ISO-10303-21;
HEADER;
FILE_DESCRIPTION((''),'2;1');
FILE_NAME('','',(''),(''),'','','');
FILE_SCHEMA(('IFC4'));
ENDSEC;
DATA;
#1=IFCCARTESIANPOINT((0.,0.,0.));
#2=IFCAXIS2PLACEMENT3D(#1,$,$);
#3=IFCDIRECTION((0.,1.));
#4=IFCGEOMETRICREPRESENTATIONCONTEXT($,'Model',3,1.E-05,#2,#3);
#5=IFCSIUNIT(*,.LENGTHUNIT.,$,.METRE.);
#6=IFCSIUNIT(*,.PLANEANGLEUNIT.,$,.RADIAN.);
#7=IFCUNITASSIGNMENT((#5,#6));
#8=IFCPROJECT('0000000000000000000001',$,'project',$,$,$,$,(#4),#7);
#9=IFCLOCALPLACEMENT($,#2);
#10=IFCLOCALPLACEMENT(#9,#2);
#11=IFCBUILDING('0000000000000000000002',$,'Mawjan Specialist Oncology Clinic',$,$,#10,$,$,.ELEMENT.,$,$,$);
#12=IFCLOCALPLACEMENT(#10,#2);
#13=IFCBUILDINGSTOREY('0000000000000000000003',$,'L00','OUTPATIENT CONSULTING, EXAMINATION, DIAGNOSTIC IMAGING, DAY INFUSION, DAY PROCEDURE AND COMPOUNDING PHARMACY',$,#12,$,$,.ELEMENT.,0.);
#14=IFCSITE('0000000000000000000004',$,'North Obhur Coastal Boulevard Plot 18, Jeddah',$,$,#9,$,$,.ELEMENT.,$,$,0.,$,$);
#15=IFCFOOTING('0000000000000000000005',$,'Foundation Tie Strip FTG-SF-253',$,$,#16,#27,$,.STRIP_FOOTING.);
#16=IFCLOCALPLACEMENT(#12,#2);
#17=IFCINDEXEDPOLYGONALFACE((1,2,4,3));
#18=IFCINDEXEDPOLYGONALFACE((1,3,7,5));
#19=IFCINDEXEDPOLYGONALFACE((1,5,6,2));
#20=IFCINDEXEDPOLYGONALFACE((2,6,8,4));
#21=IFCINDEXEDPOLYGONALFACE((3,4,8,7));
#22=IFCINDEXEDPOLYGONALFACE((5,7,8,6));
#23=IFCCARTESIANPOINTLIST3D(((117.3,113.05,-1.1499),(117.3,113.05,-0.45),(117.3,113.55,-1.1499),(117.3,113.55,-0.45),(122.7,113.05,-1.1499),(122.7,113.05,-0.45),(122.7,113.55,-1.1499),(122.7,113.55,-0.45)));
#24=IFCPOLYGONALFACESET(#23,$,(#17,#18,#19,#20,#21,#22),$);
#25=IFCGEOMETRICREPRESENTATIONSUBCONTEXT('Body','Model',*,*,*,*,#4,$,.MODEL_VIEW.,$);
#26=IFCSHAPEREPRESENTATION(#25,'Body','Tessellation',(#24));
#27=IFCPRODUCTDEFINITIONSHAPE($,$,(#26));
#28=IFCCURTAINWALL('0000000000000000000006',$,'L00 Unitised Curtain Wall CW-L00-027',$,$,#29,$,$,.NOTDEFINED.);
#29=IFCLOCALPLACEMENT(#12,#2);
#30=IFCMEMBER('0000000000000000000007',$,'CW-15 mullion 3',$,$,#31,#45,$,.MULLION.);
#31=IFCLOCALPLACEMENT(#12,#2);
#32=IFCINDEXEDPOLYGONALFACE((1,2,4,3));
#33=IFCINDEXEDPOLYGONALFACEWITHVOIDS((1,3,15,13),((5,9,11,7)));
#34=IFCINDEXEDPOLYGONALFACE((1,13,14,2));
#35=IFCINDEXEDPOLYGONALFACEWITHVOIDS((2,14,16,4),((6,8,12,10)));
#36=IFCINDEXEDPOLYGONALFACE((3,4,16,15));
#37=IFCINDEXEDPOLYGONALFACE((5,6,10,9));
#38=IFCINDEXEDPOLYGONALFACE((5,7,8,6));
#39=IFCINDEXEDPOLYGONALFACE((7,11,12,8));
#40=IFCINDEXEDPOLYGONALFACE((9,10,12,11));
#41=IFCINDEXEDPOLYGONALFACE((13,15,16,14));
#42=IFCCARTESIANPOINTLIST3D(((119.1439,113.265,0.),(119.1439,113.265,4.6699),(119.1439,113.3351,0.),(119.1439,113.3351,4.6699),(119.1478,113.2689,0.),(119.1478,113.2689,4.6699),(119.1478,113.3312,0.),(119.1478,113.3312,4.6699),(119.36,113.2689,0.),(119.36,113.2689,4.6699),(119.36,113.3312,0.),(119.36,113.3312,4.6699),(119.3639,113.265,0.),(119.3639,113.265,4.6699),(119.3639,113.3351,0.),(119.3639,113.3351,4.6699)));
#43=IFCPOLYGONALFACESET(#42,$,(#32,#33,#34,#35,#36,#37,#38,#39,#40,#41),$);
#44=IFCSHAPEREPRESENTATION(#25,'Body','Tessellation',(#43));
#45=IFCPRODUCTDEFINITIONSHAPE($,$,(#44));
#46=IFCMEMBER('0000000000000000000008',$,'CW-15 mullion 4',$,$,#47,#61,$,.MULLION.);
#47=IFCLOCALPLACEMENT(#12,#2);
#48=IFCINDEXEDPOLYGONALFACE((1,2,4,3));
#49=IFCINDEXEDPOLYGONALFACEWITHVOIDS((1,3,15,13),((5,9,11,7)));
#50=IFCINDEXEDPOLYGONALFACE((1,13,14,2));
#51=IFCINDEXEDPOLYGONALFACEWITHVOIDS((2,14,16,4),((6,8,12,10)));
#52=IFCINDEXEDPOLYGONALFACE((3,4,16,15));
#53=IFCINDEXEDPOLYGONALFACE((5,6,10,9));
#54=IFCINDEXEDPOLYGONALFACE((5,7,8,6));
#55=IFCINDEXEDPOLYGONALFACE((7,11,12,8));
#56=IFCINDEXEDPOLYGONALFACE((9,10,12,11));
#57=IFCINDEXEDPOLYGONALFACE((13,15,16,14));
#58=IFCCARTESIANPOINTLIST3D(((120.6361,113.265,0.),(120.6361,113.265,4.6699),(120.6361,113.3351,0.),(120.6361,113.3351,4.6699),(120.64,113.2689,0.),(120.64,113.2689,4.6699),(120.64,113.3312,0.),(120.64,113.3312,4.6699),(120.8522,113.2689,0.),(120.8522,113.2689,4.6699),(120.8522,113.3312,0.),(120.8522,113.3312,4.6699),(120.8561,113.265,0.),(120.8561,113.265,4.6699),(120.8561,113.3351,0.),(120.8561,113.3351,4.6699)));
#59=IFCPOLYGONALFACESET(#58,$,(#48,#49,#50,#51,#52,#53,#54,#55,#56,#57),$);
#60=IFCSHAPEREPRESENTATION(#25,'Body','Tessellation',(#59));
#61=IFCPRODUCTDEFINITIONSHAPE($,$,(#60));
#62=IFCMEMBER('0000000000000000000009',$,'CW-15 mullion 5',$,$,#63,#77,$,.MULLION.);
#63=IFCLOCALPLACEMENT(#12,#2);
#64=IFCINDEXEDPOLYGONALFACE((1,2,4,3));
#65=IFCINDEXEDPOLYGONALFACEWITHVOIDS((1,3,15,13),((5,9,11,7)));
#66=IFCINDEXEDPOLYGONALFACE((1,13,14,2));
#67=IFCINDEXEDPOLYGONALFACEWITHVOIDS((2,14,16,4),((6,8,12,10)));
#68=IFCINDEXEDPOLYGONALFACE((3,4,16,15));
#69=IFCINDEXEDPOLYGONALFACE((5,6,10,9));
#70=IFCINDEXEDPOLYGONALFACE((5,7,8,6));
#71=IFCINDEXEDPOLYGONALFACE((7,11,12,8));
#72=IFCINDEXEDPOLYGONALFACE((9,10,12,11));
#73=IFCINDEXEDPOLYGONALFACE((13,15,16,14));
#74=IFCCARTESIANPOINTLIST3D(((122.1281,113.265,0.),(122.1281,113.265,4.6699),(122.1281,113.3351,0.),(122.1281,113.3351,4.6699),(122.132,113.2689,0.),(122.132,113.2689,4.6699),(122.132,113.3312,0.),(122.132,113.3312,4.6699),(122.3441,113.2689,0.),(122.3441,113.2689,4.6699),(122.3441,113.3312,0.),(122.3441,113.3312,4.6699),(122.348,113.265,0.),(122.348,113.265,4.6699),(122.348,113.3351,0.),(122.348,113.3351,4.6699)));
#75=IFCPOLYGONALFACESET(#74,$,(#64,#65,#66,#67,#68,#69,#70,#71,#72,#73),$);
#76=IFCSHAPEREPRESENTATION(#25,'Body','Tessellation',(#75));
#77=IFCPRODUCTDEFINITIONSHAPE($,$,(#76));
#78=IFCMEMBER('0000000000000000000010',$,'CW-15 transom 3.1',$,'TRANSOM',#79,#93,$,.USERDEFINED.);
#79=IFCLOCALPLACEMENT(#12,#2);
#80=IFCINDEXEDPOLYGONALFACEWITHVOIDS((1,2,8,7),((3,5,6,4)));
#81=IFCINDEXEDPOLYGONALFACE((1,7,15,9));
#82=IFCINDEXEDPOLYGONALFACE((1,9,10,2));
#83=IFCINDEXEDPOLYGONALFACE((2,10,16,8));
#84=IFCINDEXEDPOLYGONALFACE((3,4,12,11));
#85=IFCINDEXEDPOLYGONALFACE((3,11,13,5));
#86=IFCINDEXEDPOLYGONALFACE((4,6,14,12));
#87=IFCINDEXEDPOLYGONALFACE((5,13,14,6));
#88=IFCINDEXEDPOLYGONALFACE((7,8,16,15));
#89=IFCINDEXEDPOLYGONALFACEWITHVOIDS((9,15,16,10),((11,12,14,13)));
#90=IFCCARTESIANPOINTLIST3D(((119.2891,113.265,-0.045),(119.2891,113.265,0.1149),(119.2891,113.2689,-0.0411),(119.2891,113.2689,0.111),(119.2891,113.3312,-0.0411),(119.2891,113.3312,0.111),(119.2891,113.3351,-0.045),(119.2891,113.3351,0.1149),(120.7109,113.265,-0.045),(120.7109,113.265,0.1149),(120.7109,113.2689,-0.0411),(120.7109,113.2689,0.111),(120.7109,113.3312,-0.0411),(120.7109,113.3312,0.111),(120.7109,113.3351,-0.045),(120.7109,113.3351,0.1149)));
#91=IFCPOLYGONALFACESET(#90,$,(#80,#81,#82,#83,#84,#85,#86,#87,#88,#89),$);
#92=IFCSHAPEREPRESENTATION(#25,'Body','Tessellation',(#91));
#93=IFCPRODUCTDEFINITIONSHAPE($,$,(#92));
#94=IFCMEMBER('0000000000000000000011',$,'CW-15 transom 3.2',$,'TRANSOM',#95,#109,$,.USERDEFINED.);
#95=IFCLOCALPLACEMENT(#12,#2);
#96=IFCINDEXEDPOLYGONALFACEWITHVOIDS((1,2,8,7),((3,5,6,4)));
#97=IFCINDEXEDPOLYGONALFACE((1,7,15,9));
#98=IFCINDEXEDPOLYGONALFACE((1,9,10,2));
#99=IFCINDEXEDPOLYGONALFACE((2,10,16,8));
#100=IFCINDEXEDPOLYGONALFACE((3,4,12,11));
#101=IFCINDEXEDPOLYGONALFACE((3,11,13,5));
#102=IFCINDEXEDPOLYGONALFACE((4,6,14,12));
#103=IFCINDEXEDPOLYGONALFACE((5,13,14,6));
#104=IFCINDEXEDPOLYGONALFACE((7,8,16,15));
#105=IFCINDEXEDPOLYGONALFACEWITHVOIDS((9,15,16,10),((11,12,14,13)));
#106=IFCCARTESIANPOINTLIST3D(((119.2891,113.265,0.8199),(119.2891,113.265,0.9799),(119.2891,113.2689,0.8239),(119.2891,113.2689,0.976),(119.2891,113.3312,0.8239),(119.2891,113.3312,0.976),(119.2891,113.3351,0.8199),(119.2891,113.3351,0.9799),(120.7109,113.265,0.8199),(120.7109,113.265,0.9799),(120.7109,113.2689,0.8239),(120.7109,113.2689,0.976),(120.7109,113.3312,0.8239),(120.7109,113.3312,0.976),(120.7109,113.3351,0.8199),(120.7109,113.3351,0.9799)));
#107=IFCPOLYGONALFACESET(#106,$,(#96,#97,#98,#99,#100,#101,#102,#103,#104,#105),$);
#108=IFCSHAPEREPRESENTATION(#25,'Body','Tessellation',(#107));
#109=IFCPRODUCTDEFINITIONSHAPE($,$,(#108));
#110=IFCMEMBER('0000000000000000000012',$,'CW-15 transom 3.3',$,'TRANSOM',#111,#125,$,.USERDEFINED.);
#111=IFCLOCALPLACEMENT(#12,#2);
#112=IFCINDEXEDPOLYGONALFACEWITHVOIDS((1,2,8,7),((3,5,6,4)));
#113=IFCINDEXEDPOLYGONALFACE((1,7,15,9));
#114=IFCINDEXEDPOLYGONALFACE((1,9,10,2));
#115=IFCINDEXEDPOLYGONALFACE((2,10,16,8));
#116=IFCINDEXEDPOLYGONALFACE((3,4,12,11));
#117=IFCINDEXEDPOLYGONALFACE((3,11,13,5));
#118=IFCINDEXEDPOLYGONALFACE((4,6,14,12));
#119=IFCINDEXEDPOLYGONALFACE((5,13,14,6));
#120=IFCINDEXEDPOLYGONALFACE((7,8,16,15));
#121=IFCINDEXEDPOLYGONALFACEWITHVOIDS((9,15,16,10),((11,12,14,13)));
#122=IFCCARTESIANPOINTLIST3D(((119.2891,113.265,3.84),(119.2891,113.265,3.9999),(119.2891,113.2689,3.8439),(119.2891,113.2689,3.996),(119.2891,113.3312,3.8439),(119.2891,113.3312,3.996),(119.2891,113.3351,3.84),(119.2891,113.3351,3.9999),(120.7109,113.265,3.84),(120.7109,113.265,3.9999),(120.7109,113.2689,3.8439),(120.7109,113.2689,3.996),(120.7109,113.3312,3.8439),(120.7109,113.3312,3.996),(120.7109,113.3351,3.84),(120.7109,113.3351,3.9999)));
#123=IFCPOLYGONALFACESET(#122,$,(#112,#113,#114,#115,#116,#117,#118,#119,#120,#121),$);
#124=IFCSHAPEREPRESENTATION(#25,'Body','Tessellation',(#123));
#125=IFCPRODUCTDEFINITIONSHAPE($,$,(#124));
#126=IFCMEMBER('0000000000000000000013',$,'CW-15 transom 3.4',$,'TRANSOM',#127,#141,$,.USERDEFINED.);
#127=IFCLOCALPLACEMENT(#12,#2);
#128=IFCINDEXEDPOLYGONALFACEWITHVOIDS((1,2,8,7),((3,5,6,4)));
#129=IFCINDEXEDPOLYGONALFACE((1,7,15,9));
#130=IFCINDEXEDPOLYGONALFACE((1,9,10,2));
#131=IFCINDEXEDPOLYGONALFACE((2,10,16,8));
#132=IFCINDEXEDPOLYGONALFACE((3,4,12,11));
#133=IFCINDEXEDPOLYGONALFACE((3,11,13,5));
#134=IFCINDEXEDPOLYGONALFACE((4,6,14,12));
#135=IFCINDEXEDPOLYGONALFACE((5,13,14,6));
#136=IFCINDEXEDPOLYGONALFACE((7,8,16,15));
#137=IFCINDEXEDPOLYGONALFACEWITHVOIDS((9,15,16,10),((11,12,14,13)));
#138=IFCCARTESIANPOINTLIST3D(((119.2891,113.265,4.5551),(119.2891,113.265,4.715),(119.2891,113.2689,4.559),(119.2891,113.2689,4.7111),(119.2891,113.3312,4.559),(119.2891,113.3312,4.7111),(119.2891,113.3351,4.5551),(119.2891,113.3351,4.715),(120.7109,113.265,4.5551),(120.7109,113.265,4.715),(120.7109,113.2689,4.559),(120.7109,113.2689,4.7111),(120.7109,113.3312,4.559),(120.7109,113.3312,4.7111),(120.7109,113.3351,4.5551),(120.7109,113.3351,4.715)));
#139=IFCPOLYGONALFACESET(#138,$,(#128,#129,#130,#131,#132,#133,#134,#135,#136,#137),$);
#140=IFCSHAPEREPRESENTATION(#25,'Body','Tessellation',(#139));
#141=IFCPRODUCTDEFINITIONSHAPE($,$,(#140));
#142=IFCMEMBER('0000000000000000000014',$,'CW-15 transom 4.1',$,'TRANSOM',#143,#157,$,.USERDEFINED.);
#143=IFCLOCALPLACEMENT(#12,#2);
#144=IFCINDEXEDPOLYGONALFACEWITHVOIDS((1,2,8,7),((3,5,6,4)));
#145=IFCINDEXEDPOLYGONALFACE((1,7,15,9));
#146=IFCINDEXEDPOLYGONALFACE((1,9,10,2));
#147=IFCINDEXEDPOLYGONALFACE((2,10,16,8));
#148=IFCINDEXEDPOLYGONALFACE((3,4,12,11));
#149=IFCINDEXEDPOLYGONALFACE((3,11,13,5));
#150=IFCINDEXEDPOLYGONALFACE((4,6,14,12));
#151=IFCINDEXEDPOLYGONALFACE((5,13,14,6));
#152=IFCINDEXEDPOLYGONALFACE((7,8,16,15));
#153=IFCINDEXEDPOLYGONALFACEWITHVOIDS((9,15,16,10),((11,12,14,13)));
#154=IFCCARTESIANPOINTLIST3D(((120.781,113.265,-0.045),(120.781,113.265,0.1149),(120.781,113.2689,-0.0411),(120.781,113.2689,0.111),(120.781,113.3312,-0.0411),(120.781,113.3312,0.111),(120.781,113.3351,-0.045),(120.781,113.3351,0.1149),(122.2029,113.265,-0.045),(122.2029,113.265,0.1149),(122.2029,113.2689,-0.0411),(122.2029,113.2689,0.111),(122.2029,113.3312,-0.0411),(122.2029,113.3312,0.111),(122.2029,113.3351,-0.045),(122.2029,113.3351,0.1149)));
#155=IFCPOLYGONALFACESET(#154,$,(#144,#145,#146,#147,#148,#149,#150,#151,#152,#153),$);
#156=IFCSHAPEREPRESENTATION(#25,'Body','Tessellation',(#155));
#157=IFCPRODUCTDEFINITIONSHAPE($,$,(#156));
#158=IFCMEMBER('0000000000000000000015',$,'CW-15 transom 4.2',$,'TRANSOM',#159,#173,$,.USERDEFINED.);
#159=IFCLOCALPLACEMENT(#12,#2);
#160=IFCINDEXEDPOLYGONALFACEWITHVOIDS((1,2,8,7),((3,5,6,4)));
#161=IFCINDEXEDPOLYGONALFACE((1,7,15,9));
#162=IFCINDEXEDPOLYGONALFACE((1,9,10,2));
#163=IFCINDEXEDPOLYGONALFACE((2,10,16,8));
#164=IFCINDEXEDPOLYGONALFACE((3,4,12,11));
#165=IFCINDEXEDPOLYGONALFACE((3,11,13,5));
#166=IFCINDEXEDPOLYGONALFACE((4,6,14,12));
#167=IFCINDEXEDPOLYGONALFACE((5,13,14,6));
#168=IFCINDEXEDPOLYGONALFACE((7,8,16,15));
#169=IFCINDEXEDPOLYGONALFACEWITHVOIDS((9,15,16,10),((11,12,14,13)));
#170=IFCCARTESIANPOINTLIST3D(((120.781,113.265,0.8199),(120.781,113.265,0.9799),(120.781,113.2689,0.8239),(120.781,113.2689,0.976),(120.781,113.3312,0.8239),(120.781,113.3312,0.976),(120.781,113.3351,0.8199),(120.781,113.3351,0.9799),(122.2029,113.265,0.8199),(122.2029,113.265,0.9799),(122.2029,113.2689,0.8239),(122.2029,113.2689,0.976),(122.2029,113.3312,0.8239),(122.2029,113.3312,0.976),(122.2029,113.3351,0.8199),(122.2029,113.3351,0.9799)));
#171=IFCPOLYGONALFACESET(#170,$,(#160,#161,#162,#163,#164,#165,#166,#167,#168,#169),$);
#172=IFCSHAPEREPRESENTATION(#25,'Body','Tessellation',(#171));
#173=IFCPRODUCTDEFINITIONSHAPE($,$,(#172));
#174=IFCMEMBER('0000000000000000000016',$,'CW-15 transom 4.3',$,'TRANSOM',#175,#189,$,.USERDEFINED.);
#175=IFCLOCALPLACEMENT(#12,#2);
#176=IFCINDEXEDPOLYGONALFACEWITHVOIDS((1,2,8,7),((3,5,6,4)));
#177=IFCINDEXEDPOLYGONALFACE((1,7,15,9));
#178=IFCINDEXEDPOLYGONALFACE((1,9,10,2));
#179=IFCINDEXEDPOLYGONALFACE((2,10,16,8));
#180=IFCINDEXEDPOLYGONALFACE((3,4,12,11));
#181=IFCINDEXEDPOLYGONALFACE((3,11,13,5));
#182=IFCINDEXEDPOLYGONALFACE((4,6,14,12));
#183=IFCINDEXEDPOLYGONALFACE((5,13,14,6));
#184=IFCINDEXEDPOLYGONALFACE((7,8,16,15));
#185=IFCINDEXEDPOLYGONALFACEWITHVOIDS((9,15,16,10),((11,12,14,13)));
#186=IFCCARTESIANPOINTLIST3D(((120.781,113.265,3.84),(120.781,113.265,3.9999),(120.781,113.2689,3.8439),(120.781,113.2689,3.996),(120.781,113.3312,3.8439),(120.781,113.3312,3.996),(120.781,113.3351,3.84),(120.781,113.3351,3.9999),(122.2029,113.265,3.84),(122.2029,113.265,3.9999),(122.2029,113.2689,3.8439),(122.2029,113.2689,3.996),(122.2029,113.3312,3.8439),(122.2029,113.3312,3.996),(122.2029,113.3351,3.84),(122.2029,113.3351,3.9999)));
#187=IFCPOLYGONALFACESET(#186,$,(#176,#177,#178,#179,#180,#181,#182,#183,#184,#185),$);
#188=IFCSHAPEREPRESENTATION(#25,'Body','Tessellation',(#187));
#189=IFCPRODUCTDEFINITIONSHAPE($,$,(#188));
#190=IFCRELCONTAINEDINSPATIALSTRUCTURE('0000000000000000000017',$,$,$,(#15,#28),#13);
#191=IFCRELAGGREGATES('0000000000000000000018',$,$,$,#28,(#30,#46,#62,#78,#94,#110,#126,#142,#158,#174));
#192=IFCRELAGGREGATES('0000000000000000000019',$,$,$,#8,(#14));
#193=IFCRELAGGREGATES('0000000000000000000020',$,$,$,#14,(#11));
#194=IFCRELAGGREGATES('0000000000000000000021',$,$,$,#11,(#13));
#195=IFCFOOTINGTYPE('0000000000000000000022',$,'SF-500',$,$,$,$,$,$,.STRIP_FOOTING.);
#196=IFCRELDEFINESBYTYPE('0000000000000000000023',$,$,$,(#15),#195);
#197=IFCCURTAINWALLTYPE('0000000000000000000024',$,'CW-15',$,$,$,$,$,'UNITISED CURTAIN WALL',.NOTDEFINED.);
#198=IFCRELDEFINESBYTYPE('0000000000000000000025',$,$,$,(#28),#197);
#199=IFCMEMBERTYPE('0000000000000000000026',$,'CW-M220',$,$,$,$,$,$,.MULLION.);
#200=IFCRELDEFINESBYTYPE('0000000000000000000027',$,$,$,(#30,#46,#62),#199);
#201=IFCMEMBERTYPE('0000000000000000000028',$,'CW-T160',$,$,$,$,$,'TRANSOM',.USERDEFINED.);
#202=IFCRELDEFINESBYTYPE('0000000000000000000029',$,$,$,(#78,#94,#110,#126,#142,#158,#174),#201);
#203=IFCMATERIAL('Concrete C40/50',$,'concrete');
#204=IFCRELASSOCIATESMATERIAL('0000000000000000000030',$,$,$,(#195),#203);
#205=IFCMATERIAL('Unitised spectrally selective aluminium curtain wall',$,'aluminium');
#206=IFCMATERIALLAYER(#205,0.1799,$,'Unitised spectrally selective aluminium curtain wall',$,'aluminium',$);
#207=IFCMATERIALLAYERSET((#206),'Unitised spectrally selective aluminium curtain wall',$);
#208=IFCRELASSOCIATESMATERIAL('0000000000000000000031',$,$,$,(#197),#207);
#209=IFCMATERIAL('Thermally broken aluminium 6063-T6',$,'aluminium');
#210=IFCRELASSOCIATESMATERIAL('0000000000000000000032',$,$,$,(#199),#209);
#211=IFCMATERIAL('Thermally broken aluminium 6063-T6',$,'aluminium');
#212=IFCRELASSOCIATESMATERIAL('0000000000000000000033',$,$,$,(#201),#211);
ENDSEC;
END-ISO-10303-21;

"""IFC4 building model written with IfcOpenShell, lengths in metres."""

from ifc_helpers import new_model, si_unit, direction, frame, origin, origin_2d, place, context, subcontext, project, spatial, rectangle, hollow_rectangle, extrude, material, layer, layer_set, material_profile, profile_set, type_object, element, aggregate, save


model = new_model("IFC4")

# Units and contexts
model_context = context("Model", 3, precision=1e-05, world=origin(), true_north=direction((0.0, 1.0)))
body_context = subcontext(model_context, "Body", "Model", "MODEL_VIEW")
ifc_project = project(units=[si_unit("LENGTHUNIT", "METRE"), si_unit("PLANEANGLEUNIT", "RADIAN")], contexts=[model_context])

# Site, building, storey
site_placement = place(None, origin())
site = spatial("IfcSite", under=ifc_project, at=site_placement, Name="North Obhur Coastal Boulevard Plot 18, Jeddah", CompositionType="ELEMENT", RefElevation=0.0)
building_placement = place(site_placement, origin())
building = spatial("IfcBuilding", under=site, at=building_placement, Name="Mawjan Specialist Oncology Clinic", CompositionType="ELEMENT")
storey_placement = place(building_placement, origin())
storey = spatial("IfcBuildingStorey", under=building, at=storey_placement, Name="L00", Description="OUTPATIENT CONSULTING, EXAMINATION, DIAGNOSTIC IMAGING, DAY INFUSION, DAY PROCEDURE AND COMPOUNDING PHARMACY", CompositionType="ELEMENT", Elevation=0.0)

# Footing
ifc_material_1 = material(Name="Concrete C40/50", Category="concrete")
footing_type = type_object("IfcFootingType", Name="SF-500", PredefinedType="STRIP_FOOTING", material=ifc_material_1)
footing_placement = place(storey_placement, frame((120.0, 113.3, -1.1499), z_axis=(0.0, 0.0, 1.0), x_axis=(1.0, 0.0, 0.0)))
element("IfcFooting", 1, at=footing_placement, inside=storey, type_object=footing_type, Name="Foundation Tie Strip FTG-SF-253", PredefinedType="STRIP_FOOTING", context=body_context, shape_type="SweptSolid", body=[
    extrude(rectangle(XDim=5.3999, YDim=0.5, at=origin_2d()), origin(), (0.0, 0.0, 1.0), 0.7),
])

# Curtain wall, members
ifc_material_2 = material(Name="Unitised spectrally selective aluminium curtain wall", Category="aluminium")
ifc_layer_1 = layer(ifc_material_2, 0.1799, Name="Unitised spectrally selective aluminium curtain wall", Category="aluminium")
ifc_layer_set_1 = layer_set([ifc_layer_1], Name="Unitised spectrally selective aluminium curtain wall")
curtain_wall_type = type_object("IfcCurtainWallType", Name="CW-15", ElementType="UNITISED CURTAIN WALL", PredefinedType="NOTDEFINED", material=ifc_layer_set_1)
curtain_wall_placement = place(storey_placement, origin())
curtain_wall = element("IfcCurtainWall", 2, at=curtain_wall_placement, inside=storey, type_object=curtain_wall_type, Name="L00 Unitised Curtain Wall CW-L00-027", PredefinedType="NOTDEFINED")
ifc_material_3 = material(Name="Thermally broken aluminium 6063-T6", Category="aluminium")
ifc_material_profile_1 = material_profile(ifc_material_3, hollow_rectangle(XDim=0.0701, YDim=0.22, WallThickness=0.0039, at=origin_2d()), Name="ALU MULLION 220x70x4", Category="aluminium")
ifc_profile_set_1 = profile_set([ifc_material_profile_1], Name="Thermally broken aluminium 6063-T6")
member_type_1 = type_object("IfcMemberType", Name="CW-M220", PredefinedType="MULLION", material=ifc_profile_set_1)
member_1_placement = place(storey_placement, frame((119.2539, 113.3, 0.0), z_axis=(0.0, 0.0, 1.0), x_axis=(0.0, 1.0, 0.0)))
member_1 = element("IfcMember", 3, at=member_1_placement, type_object=member_type_1, Name="CW-15 mullion 3", PredefinedType="MULLION", context=body_context, shape_type="SweptSolid", body=[
    extrude(hollow_rectangle(XDim=0.0701, YDim=0.22, WallThickness=0.0039, at=origin_2d()), origin(), (0.0, 0.0, 1.0), 4.6699),
])
member_2_placement = place(storey_placement, frame((120.7461, 113.3, 0.0), z_axis=(0.0, 0.0, 1.0), x_axis=(0.0, 1.0, 0.0)))
member_2 = element("IfcMember", 4, at=member_2_placement, type_object=member_type_1, Name="CW-15 mullion 4", PredefinedType="MULLION", context=body_context, shape_type="SweptSolid", body=[
    extrude(hollow_rectangle(XDim=0.0701, YDim=0.22, WallThickness=0.0039, at=origin_2d()), origin(), (0.0, 0.0, 1.0), 4.6699),
])
member_3_placement = place(storey_placement, frame((122.238, 113.3, 0.0), z_axis=(0.0, 0.0, 1.0), x_axis=(0.0, 1.0, 0.0)))
member_3 = element("IfcMember", 5, at=member_3_placement, type_object=member_type_1, Name="CW-15 mullion 5", PredefinedType="MULLION", context=body_context, shape_type="SweptSolid", body=[
    extrude(hollow_rectangle(XDim=0.0701, YDim=0.22, WallThickness=0.0039, at=origin_2d()), origin(), (0.0, 0.0, 1.0), 4.6699),
])
ifc_material_4 = material(Name="Thermally broken aluminium 6063-T6", Category="aluminium")
ifc_material_profile_2 = material_profile(ifc_material_4, hollow_rectangle(XDim=0.0701, YDim=0.1599, WallThickness=0.0039, at=origin_2d()), Name="ALU TRANSOM 160x70x4", Category="aluminium")
ifc_profile_set_2 = profile_set([ifc_material_profile_2], Name="Thermally broken aluminium 6063-T6")
member_type_2 = type_object("IfcMemberType", Name="CW-T160", ElementType="TRANSOM", PredefinedType="USERDEFINED", material=ifc_profile_set_2)
member_4_placement = place(storey_placement, frame((119.2891, 113.3, 0.0349), z_axis=(1.0, 0.0, 0.0), x_axis=(0.0, 1.0, 0.0)))
member_4 = element("IfcMember", 6, at=member_4_placement, type_object=member_type_2, Name="CW-15 transom 3.1", ObjectType="TRANSOM", PredefinedType="USERDEFINED", context=body_context, shape_type="SweptSolid", body=[
    extrude(hollow_rectangle(XDim=0.0701, YDim=0.1599, WallThickness=0.0039, at=origin_2d()), origin(), (0.0, 0.0, 1.0), 1.4219),
])
member_5_placement = place(storey_placement, frame((119.2891, 113.3, 0.8999), z_axis=(1.0, 0.0, 0.0), x_axis=(0.0, 1.0, 0.0)))
member_5 = element("IfcMember", 7, at=member_5_placement, type_object=member_type_2, Name="CW-15 transom 3.2", ObjectType="TRANSOM", PredefinedType="USERDEFINED", context=body_context, shape_type="SweptSolid", body=[
    extrude(hollow_rectangle(XDim=0.0701, YDim=0.1599, WallThickness=0.0039, at=origin_2d()), origin(), (0.0, 0.0, 1.0), 1.4219),
])
member_6_placement = place(storey_placement, frame((119.2891, 113.3, 3.9199), z_axis=(1.0, 0.0, 0.0), x_axis=(0.0, 1.0, 0.0)))
member_6 = element("IfcMember", 8, at=member_6_placement, type_object=member_type_2, Name="CW-15 transom 3.3", ObjectType="TRANSOM", PredefinedType="USERDEFINED", context=body_context, shape_type="SweptSolid", body=[
    extrude(hollow_rectangle(XDim=0.0701, YDim=0.1599, WallThickness=0.0039, at=origin_2d()), origin(), (0.0, 0.0, 1.0), 1.4219),
])
member_7_placement = place(storey_placement, frame((119.2891, 113.3, 4.635), z_axis=(1.0, 0.0, 0.0), x_axis=(0.0, 1.0, 0.0)))
member_7 = element("IfcMember", 9, at=member_7_placement, type_object=member_type_2, Name="CW-15 transom 3.4", ObjectType="TRANSOM", PredefinedType="USERDEFINED", context=body_context, shape_type="SweptSolid", body=[
    extrude(hollow_rectangle(XDim=0.0701, YDim=0.1599, WallThickness=0.0039, at=origin_2d()), origin(), (0.0, 0.0, 1.0), 1.4219),
])
member_8_placement = place(storey_placement, frame((120.781, 113.3, 0.0349), z_axis=(1.0, 0.0, 0.0), x_axis=(0.0, 1.0, 0.0)))
member_8 = element("IfcMember", 10, at=member_8_placement, type_object=member_type_2, Name="CW-15 transom 4.1", ObjectType="TRANSOM", PredefinedType="USERDEFINED", context=body_context, shape_type="SweptSolid", body=[
    extrude(hollow_rectangle(XDim=0.0701, YDim=0.1599, WallThickness=0.0039, at=origin_2d()), origin(), (0.0, 0.0, 1.0), 1.4219),
])
member_9_placement = place(storey_placement, frame((120.781, 113.3, 0.8999), z_axis=(1.0, 0.0, 0.0), x_axis=(0.0, 1.0, 0.0)))
member_9 = element("IfcMember", 11, at=member_9_placement, type_object=member_type_2, Name="CW-15 transom 4.2", ObjectType="TRANSOM", PredefinedType="USERDEFINED", context=body_context, shape_type="SweptSolid", body=[
    extrude(hollow_rectangle(XDim=0.0701, YDim=0.1599, WallThickness=0.0039, at=origin_2d()), origin(), (0.0, 0.0, 1.0), 1.4219),
])
member_10_placement = place(storey_placement, frame((120.781, 113.3, 3.9199), z_axis=(1.0, 0.0, 0.0), x_axis=(0.0, 1.0, 0.0)))
member_10 = element("IfcMember", 12, at=member_10_placement, type_object=member_type_2, Name="CW-15 transom 4.3", ObjectType="TRANSOM", PredefinedType="USERDEFINED", context=body_context, shape_type="SweptSolid", body=[
    extrude(hollow_rectangle(XDim=0.0701, YDim=0.1599, WallThickness=0.0039, at=origin_2d()), origin(), (0.0, 0.0, 1.0), 1.4219),
])
aggregate(curtain_wall, [member_1, member_2, member_3, member_4, member_5, member_6, member_7, member_8, member_9, member_10])

save(model, "model.ifc")
